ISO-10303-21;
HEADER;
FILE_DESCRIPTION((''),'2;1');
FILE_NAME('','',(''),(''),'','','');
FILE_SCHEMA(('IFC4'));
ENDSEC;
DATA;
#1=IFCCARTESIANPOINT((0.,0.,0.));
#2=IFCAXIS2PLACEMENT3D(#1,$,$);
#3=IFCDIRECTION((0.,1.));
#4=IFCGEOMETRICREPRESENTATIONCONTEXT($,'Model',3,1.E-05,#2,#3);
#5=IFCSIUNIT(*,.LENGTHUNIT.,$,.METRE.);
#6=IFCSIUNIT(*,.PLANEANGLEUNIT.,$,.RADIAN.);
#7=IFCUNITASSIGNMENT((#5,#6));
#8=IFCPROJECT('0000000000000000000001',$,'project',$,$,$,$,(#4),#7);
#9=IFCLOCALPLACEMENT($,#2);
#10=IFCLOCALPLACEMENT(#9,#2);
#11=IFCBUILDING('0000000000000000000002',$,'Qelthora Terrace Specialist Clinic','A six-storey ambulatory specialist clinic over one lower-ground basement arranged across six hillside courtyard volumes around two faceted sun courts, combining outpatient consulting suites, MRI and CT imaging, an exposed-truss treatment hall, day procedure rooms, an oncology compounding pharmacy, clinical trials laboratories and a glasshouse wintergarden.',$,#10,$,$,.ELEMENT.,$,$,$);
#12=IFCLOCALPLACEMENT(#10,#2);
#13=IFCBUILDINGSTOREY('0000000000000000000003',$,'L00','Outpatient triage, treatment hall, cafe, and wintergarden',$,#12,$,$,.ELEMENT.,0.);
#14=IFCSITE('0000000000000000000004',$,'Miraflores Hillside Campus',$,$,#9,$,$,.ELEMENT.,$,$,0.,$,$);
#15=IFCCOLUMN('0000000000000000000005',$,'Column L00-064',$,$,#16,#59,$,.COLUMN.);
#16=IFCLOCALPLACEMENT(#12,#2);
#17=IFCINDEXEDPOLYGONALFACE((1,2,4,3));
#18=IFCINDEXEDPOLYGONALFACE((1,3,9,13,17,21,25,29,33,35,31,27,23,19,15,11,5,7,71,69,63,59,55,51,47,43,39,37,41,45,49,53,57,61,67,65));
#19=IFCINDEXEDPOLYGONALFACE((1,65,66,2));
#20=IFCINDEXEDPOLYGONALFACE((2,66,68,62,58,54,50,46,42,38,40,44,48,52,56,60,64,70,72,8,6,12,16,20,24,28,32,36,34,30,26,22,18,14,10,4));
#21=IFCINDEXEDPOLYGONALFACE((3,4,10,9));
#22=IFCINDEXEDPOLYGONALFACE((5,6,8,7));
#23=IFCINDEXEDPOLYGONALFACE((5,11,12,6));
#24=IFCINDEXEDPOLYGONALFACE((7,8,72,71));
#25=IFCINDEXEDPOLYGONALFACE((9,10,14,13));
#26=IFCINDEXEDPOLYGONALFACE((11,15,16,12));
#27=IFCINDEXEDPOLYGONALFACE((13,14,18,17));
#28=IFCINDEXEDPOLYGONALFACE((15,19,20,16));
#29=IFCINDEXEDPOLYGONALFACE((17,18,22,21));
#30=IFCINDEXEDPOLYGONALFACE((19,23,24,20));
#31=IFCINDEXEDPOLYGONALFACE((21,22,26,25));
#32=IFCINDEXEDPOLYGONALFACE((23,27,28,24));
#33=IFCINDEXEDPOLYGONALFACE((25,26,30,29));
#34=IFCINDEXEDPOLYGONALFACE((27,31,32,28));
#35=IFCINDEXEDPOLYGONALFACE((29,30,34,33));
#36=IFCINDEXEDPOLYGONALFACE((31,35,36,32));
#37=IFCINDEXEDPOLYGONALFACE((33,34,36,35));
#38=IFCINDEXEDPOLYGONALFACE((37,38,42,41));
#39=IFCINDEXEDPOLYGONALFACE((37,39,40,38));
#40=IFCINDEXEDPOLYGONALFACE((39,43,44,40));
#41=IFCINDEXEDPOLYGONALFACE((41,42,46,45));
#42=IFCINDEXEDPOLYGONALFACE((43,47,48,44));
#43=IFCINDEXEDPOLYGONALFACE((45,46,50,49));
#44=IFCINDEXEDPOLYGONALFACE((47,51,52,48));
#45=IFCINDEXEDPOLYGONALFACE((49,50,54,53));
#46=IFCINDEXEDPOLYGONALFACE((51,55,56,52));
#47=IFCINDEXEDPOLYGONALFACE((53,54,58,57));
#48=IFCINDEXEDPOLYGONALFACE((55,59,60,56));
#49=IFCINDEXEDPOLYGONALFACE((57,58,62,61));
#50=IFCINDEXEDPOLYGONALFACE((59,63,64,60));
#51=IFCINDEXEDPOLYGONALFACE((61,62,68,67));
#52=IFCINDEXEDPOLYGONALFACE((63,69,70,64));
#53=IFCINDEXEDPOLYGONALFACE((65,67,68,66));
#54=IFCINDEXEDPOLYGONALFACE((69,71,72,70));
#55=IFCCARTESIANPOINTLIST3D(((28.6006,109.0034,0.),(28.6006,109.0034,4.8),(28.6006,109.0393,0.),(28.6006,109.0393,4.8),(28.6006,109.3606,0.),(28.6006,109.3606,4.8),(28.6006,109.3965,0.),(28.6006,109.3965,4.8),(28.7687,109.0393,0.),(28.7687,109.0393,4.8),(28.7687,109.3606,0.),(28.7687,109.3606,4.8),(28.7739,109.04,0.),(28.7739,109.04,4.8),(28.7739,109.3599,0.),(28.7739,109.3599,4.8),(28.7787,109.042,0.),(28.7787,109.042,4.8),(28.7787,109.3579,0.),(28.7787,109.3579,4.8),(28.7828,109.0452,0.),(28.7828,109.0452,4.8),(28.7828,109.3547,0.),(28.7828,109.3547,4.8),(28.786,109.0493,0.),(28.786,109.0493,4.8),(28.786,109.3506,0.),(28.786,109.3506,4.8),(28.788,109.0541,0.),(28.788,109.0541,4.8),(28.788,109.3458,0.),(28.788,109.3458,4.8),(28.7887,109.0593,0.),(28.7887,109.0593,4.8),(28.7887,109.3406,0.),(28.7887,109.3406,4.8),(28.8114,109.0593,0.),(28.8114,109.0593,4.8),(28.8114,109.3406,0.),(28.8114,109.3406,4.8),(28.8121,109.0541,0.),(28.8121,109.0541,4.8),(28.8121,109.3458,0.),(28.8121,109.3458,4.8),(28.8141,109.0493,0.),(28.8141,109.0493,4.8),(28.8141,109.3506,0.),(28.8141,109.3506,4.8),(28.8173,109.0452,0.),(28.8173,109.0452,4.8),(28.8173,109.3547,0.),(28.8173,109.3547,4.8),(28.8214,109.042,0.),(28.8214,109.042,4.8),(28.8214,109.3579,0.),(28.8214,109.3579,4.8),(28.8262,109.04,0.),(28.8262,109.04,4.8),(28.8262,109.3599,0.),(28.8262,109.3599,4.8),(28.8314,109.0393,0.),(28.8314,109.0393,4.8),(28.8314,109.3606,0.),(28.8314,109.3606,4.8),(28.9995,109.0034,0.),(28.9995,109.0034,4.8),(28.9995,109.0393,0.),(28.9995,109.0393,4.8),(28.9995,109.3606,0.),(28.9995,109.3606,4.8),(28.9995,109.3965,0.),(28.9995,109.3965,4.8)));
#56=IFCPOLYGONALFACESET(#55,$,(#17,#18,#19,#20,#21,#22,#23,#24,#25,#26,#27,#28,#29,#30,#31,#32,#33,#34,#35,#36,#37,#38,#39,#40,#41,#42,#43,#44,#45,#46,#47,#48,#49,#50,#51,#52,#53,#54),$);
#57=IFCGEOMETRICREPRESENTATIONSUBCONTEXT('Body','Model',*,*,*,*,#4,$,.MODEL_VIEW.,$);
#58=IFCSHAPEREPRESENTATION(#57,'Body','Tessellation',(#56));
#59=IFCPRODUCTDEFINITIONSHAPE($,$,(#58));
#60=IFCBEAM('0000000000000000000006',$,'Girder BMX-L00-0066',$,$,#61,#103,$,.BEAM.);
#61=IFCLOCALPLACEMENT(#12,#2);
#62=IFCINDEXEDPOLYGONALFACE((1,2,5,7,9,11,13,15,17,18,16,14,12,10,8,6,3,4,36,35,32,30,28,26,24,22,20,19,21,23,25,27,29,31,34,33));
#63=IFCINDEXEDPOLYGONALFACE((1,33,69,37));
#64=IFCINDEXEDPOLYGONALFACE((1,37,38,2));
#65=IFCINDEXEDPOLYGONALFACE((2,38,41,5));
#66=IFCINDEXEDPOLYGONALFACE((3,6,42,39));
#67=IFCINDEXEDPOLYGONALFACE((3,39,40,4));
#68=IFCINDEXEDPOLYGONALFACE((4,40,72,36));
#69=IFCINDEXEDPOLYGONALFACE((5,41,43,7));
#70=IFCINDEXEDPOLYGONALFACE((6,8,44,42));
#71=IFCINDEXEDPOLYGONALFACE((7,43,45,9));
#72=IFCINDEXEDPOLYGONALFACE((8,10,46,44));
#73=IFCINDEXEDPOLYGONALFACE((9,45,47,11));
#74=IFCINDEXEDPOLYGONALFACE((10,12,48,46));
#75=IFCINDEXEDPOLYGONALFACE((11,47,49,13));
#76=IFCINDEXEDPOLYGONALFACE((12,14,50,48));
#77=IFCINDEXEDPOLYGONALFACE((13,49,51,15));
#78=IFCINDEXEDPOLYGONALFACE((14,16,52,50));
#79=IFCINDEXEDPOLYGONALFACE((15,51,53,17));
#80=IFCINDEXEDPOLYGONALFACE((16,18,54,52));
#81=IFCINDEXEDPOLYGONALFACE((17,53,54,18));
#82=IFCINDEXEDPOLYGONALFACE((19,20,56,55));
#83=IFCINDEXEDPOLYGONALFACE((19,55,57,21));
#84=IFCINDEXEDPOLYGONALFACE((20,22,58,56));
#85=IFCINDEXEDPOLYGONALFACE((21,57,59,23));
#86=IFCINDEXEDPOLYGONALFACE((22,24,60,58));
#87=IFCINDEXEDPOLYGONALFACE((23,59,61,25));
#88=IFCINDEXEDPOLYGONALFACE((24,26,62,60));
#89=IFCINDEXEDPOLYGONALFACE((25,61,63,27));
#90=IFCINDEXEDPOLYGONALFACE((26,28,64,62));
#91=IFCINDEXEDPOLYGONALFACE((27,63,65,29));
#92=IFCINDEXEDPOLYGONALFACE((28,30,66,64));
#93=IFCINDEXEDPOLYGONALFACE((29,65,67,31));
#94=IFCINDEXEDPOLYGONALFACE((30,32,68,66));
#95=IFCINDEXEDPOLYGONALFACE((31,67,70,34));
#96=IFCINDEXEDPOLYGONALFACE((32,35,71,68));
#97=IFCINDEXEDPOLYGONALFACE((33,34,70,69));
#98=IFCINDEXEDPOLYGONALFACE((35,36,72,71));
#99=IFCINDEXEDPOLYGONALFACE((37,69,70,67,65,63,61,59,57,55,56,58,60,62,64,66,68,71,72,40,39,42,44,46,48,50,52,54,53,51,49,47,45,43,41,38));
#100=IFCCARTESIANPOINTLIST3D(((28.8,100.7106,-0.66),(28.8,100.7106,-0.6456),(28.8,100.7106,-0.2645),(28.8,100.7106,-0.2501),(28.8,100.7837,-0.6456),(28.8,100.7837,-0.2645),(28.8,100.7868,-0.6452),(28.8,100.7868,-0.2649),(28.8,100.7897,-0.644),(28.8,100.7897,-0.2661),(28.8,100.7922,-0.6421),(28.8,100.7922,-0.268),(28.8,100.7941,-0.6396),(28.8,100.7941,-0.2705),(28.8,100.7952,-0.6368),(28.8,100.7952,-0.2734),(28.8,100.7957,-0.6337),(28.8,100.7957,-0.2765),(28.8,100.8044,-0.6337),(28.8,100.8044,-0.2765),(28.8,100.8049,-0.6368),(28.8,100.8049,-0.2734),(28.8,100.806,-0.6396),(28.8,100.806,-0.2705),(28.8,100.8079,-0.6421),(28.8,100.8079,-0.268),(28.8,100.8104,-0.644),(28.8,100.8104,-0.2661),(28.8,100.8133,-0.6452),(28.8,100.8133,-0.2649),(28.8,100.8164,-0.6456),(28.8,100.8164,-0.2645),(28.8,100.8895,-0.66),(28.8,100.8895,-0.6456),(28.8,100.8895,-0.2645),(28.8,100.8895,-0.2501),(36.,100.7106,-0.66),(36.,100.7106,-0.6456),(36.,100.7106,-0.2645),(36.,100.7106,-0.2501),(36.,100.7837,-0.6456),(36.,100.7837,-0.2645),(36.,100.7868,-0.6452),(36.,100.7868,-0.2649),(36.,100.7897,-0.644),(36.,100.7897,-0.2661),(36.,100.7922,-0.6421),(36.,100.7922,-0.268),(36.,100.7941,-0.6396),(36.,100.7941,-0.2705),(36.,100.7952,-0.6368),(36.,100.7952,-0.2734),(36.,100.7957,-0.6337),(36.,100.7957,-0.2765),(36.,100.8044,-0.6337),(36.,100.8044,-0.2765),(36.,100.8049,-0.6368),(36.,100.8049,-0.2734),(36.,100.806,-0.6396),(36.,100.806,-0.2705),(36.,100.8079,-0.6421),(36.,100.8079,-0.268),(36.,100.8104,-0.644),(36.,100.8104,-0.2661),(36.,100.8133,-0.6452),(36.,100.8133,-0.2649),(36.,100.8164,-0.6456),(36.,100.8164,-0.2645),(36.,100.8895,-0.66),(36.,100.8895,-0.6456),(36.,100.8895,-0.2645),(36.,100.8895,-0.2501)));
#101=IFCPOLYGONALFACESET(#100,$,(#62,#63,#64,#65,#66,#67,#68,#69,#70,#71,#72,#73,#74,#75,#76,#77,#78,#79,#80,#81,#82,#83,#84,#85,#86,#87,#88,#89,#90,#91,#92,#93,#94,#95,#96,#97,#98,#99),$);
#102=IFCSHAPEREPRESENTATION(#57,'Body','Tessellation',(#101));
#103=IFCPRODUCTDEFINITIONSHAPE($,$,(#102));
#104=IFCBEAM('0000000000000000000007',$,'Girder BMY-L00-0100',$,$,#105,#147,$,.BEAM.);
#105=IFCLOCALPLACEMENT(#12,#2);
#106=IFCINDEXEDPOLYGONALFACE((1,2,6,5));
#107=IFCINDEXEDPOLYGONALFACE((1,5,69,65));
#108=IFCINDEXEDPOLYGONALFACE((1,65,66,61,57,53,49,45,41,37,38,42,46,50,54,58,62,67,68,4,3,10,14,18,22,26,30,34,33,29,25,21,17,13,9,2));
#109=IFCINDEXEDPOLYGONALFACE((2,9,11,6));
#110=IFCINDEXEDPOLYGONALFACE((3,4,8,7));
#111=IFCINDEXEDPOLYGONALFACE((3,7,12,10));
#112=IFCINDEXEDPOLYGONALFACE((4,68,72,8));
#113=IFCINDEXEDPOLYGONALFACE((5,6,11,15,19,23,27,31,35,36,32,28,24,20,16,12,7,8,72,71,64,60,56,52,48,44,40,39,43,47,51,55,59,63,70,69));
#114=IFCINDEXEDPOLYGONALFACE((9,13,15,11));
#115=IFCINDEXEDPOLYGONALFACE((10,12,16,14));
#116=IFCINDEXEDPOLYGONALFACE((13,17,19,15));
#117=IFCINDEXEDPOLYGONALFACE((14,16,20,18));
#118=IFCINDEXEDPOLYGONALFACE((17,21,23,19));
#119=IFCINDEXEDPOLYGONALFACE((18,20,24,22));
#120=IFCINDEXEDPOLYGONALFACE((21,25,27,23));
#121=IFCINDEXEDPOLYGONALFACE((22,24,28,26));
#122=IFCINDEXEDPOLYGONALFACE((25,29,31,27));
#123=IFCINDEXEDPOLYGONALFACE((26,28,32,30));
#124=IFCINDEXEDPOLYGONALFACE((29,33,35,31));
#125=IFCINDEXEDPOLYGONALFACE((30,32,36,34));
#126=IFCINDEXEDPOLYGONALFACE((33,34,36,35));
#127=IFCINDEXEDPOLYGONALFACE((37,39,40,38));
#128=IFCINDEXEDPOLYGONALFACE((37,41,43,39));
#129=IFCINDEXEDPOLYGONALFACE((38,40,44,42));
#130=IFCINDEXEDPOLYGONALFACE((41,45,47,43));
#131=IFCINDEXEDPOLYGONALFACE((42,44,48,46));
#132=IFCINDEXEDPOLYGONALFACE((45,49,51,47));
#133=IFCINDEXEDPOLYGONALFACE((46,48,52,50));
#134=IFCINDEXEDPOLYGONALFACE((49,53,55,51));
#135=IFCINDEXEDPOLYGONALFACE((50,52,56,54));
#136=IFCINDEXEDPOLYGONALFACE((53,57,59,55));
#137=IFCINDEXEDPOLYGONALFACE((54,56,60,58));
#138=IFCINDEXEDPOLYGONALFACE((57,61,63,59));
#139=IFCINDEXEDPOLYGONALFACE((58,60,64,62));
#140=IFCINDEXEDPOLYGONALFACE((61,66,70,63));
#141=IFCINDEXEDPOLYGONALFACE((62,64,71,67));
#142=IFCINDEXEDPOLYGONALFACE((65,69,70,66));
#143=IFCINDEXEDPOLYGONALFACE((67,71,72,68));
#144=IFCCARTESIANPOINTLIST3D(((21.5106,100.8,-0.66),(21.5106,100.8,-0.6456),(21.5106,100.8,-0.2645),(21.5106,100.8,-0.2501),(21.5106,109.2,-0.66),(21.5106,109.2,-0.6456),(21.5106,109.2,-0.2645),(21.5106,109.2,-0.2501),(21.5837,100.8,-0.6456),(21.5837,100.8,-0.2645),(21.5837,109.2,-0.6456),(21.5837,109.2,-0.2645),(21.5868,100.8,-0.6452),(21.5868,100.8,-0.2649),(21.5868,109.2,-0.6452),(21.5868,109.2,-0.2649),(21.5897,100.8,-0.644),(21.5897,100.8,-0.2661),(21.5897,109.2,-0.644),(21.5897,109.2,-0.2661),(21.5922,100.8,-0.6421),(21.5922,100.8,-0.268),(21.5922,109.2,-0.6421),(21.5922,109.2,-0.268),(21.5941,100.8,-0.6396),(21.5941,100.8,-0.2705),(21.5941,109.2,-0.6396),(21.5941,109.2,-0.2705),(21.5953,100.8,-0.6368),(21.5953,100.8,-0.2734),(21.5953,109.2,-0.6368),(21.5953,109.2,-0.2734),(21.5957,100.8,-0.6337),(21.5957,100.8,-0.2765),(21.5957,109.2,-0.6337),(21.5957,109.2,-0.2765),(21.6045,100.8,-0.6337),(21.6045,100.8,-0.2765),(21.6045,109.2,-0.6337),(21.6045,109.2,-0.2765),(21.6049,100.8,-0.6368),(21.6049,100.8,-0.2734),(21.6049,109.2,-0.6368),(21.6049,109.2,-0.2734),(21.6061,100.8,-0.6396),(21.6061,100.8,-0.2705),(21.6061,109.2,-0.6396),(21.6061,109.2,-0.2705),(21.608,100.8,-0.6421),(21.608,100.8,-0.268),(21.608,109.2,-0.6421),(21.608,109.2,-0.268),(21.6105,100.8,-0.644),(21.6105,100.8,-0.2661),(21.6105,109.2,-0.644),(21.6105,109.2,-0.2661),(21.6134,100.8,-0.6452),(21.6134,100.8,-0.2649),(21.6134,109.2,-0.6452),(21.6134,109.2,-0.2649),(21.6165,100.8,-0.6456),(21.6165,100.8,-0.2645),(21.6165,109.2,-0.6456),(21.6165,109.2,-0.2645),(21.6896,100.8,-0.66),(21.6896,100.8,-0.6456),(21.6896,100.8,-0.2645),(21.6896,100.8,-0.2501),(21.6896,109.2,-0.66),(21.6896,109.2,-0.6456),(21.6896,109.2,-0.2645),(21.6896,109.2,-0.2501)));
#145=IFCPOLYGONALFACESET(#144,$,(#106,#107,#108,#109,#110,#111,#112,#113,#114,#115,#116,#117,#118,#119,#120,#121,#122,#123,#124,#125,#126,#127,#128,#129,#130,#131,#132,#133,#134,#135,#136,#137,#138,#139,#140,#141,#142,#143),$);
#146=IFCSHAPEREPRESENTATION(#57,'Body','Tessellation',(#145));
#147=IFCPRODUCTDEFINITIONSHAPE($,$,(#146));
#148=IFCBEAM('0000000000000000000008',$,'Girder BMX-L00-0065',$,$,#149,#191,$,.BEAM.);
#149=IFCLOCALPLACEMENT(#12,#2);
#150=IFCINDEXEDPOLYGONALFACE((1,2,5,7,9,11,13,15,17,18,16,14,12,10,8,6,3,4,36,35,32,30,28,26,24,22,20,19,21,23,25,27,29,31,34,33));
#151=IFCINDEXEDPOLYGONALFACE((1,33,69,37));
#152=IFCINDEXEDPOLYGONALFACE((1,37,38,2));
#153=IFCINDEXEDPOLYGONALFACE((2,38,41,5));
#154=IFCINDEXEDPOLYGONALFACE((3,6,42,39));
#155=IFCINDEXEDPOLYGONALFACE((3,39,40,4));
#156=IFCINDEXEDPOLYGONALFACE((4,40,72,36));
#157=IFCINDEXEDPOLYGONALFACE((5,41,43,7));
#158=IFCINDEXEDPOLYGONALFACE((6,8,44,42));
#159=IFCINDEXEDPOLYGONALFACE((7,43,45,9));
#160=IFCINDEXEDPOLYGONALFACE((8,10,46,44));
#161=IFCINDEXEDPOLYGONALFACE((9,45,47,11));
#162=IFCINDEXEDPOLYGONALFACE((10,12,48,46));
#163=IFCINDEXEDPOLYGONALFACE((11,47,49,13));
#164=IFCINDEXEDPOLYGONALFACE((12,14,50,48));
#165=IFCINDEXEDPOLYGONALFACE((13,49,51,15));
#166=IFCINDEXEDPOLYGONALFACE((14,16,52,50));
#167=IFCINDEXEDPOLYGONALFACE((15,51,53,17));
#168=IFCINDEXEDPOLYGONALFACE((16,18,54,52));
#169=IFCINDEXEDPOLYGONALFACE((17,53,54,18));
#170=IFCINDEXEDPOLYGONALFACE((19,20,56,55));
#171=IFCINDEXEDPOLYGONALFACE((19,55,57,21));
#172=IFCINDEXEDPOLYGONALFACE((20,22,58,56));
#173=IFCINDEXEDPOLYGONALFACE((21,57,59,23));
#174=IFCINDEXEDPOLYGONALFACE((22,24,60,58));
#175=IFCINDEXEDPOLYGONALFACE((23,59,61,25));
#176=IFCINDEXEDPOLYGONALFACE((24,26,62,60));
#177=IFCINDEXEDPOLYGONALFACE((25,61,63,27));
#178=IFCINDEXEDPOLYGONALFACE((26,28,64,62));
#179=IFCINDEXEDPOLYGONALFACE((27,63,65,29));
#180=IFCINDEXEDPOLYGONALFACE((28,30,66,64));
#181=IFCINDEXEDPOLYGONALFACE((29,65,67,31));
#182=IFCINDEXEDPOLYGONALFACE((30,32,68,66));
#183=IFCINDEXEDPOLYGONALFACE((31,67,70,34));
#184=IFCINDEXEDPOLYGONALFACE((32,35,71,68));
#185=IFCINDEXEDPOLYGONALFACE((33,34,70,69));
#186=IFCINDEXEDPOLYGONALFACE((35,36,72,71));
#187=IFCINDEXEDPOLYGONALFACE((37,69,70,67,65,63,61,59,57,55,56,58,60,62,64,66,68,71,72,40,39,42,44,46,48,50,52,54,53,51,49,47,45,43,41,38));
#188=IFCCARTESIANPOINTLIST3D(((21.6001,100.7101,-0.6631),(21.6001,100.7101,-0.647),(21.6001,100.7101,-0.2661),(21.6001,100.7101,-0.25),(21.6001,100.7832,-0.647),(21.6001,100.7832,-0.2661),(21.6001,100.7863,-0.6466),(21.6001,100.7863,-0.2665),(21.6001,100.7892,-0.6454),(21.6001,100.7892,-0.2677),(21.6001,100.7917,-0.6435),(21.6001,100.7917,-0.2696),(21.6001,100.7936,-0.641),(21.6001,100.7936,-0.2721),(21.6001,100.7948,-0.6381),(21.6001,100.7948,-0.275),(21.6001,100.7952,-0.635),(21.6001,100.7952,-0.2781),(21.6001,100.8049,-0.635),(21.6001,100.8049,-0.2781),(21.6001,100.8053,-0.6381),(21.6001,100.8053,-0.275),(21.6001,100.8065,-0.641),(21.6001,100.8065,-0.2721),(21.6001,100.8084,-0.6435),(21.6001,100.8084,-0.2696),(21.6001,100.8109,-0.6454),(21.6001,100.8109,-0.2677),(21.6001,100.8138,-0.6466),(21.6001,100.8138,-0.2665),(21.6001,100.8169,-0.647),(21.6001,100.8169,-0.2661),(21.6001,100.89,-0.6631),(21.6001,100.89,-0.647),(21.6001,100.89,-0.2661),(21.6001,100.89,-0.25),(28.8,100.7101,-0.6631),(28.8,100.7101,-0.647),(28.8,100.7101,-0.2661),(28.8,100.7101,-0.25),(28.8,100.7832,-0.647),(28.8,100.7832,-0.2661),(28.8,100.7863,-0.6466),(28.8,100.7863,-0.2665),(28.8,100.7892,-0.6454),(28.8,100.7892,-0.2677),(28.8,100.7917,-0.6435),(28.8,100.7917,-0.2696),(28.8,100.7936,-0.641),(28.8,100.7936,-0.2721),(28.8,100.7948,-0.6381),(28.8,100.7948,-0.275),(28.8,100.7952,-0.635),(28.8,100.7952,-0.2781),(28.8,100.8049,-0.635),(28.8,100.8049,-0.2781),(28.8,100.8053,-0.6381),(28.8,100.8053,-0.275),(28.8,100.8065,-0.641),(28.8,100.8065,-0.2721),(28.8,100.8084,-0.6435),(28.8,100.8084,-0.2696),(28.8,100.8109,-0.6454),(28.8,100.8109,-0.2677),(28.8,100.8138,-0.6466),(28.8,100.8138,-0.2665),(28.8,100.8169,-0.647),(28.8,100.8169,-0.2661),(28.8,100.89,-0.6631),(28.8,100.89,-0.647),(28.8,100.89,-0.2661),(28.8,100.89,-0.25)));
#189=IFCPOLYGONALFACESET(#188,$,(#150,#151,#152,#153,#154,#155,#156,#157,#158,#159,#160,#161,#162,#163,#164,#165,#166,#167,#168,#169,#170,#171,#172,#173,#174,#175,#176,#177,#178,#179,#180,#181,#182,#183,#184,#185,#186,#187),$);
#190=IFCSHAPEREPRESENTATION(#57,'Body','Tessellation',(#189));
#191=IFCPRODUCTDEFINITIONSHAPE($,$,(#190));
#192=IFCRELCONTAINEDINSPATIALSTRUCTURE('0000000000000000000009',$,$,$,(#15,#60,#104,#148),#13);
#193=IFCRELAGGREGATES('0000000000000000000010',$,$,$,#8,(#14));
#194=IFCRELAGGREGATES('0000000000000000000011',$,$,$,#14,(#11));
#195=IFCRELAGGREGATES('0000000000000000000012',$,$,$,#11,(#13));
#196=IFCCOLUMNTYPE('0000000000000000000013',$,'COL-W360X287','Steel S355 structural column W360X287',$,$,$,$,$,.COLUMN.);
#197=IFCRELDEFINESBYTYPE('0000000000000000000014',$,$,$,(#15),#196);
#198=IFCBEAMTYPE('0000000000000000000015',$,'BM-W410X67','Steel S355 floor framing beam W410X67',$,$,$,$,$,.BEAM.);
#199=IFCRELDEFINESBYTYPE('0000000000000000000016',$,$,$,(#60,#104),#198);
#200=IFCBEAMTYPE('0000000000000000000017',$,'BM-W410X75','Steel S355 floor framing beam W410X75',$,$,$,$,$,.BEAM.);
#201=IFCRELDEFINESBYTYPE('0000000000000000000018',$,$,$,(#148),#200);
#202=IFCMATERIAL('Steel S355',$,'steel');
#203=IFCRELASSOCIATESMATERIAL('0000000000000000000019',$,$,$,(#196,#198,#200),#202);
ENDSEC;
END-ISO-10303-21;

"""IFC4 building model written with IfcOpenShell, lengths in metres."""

from ifc_helpers import new_model, si_unit, direction, frame, origin, origin_2d, place, context, subcontext, project, spatial, i_section, extrude, material, material_profile, profile_set, type_object, element, save


model = new_model("IFC4")

# Units and contexts
model_context = context("Model", 3, precision=1e-05, world=origin(), true_north=direction((0.0, 1.0)))
body_context = subcontext(model_context, "Body", "Model", "MODEL_VIEW")
ifc_project = project(units=[si_unit("LENGTHUNIT", "METRE"), si_unit("PLANEANGLEUNIT", "RADIAN")], contexts=[model_context])

# Site, building, storey
site_placement = place(None, origin())
site = spatial("IfcSite", under=ifc_project, at=site_placement, Name="Miraflores Hillside Campus", CompositionType="ELEMENT", RefElevation=0.0)
building_placement = place(site_placement, origin())
building = spatial("IfcBuilding", under=site, at=building_placement, Name="Qelthora Terrace Specialist Clinic", Description="A six-storey ambulatory specialist clinic over one lower-ground basement arranged across six hillside courtyard volumes around two faceted sun courts, combining outpatient consulting suites, MRI and CT imaging, an exposed-truss treatment hall, day procedure rooms, an oncology compounding pharmacy, clinical trials laboratories and a glasshouse wintergarden.", CompositionType="ELEMENT")
storey_placement = place(building_placement, origin())
storey = spatial("IfcBuildingStorey", under=building, at=storey_placement, Name="L00", Description="Outpatient triage, treatment hall, cafe, and wintergarden", CompositionType="ELEMENT", Elevation=0.0)

# Column
ifc_material_1 = material(Name="Steel S355", Category="steel")
ifc_material_profile_1 = material_profile(ifc_material_1, i_section(OverallWidth=0.3989, OverallDepth=0.3931, WebThickness=0.0227, FlangeThickness=0.0359, FilletRadius=0.02, at=origin_2d()), Name="W360X287")
ifc_profile_set_1 = profile_set([ifc_material_profile_1], Name="Steel S355")
column_type_1 = type_object("IfcColumnType", Name="COL-W360X287", Description="Steel S355 structural column W360X287", PredefinedType="COLUMN", material=ifc_profile_set_1)
column_1_placement = place(storey_placement, frame((28.8, 109.2, 0.0), z_axis=(0.0, 0.0, 1.0), x_axis=(1.0, 0.0, 0.0)))
element("IfcColumn", 1, at=column_1_placement, inside=storey, type_object=column_type_1, Name="Column L00-064", PredefinedType="COLUMN", context=body_context, shape_type="SweptSolid", body=[
    extrude(i_section(OverallWidth=0.3989, OverallDepth=0.3931, WebThickness=0.0227, FlangeThickness=0.0359, FilletRadius=0.02, at=origin_2d()), origin(), (0.0, 0.0, 1.0), 4.8),
])

# Beams
ifc_material_profile_2 = material_profile(ifc_material_1, i_section(OverallWidth=0.179, OverallDepth=0.4099, WebThickness=0.0088, FlangeThickness=0.0144, FilletRadius=0.012, at=origin_2d()), Name="W410X67")
ifc_profile_set_2 = profile_set([ifc_material_profile_2], Name="Steel S355")
beam_type_1 = type_object("IfcBeamType", Name="BM-W410X67", Description="Steel S355 floor framing beam W410X67", PredefinedType="BEAM", material=ifc_profile_set_2)
beam_1_placement = place(storey_placement, frame((28.8, 100.8, -0.4551), z_axis=(1.0, 0.0, 0.0), x_axis=(0.0, 1.0, 0.0)))
element("IfcBeam", 2, at=beam_1_placement, inside=storey, type_object=beam_type_1, Name="Girder BMX-L00-0066", PredefinedType="BEAM", context=body_context, shape_type="SweptSolid", body=[
    extrude(i_section(OverallWidth=0.179, OverallDepth=0.4099, WebThickness=0.0088, FlangeThickness=0.0144, FilletRadius=0.012, at=origin_2d()), origin(), (0.0, 0.0, 1.0), 7.2),
])
beam_2_placement = place(storey_placement, frame((21.6001, 100.8, -0.4551), z_axis=(0.0, 1.0, 0.0), x_axis=(-1.0, 0.0, 0.0)))
element("IfcBeam", 3, at=beam_2_placement, inside=storey, type_object=beam_type_1, Name="Girder BMY-L00-0100", PredefinedType="BEAM", context=body_context, shape_type="SweptSolid", body=[
    extrude(i_section(OverallWidth=0.179, OverallDepth=0.4099, WebThickness=0.0088, FlangeThickness=0.0144, FilletRadius=0.012, at=origin_2d()), origin(), (0.0, 0.0, 1.0), 8.3999),
])
ifc_material_profile_3 = material_profile(ifc_material_1, i_section(OverallWidth=0.1799, OverallDepth=0.4131, WebThickness=0.0098, FlangeThickness=0.0161, FilletRadius=0.012, at=origin_2d()), Name="W410X75")
ifc_profile_set_3 = profile_set([ifc_material_profile_3], Name="Steel S355")
beam_type_2 = type_object("IfcBeamType", Name="BM-W410X75", Description="Steel S355 floor framing beam W410X75", PredefinedType="BEAM", material=ifc_profile_set_3)
beam_3_placement = place(storey_placement, frame((21.6001, 100.8, -0.4565), z_axis=(1.0, 0.0, 0.0), x_axis=(0.0, 1.0, 0.0)))
element("IfcBeam", 4, at=beam_3_placement, inside=storey, type_object=beam_type_2, Name="Girder BMX-L00-0065", PredefinedType="BEAM", context=body_context, shape_type="SweptSolid", body=[
    extrude(i_section(OverallWidth=0.1799, OverallDepth=0.4131, WebThickness=0.0098, FlangeThickness=0.0161, FilletRadius=0.012, at=origin_2d()), origin(), (0.0, 0.0, 1.0), 7.2),
])

save(model, "model.ifc")
